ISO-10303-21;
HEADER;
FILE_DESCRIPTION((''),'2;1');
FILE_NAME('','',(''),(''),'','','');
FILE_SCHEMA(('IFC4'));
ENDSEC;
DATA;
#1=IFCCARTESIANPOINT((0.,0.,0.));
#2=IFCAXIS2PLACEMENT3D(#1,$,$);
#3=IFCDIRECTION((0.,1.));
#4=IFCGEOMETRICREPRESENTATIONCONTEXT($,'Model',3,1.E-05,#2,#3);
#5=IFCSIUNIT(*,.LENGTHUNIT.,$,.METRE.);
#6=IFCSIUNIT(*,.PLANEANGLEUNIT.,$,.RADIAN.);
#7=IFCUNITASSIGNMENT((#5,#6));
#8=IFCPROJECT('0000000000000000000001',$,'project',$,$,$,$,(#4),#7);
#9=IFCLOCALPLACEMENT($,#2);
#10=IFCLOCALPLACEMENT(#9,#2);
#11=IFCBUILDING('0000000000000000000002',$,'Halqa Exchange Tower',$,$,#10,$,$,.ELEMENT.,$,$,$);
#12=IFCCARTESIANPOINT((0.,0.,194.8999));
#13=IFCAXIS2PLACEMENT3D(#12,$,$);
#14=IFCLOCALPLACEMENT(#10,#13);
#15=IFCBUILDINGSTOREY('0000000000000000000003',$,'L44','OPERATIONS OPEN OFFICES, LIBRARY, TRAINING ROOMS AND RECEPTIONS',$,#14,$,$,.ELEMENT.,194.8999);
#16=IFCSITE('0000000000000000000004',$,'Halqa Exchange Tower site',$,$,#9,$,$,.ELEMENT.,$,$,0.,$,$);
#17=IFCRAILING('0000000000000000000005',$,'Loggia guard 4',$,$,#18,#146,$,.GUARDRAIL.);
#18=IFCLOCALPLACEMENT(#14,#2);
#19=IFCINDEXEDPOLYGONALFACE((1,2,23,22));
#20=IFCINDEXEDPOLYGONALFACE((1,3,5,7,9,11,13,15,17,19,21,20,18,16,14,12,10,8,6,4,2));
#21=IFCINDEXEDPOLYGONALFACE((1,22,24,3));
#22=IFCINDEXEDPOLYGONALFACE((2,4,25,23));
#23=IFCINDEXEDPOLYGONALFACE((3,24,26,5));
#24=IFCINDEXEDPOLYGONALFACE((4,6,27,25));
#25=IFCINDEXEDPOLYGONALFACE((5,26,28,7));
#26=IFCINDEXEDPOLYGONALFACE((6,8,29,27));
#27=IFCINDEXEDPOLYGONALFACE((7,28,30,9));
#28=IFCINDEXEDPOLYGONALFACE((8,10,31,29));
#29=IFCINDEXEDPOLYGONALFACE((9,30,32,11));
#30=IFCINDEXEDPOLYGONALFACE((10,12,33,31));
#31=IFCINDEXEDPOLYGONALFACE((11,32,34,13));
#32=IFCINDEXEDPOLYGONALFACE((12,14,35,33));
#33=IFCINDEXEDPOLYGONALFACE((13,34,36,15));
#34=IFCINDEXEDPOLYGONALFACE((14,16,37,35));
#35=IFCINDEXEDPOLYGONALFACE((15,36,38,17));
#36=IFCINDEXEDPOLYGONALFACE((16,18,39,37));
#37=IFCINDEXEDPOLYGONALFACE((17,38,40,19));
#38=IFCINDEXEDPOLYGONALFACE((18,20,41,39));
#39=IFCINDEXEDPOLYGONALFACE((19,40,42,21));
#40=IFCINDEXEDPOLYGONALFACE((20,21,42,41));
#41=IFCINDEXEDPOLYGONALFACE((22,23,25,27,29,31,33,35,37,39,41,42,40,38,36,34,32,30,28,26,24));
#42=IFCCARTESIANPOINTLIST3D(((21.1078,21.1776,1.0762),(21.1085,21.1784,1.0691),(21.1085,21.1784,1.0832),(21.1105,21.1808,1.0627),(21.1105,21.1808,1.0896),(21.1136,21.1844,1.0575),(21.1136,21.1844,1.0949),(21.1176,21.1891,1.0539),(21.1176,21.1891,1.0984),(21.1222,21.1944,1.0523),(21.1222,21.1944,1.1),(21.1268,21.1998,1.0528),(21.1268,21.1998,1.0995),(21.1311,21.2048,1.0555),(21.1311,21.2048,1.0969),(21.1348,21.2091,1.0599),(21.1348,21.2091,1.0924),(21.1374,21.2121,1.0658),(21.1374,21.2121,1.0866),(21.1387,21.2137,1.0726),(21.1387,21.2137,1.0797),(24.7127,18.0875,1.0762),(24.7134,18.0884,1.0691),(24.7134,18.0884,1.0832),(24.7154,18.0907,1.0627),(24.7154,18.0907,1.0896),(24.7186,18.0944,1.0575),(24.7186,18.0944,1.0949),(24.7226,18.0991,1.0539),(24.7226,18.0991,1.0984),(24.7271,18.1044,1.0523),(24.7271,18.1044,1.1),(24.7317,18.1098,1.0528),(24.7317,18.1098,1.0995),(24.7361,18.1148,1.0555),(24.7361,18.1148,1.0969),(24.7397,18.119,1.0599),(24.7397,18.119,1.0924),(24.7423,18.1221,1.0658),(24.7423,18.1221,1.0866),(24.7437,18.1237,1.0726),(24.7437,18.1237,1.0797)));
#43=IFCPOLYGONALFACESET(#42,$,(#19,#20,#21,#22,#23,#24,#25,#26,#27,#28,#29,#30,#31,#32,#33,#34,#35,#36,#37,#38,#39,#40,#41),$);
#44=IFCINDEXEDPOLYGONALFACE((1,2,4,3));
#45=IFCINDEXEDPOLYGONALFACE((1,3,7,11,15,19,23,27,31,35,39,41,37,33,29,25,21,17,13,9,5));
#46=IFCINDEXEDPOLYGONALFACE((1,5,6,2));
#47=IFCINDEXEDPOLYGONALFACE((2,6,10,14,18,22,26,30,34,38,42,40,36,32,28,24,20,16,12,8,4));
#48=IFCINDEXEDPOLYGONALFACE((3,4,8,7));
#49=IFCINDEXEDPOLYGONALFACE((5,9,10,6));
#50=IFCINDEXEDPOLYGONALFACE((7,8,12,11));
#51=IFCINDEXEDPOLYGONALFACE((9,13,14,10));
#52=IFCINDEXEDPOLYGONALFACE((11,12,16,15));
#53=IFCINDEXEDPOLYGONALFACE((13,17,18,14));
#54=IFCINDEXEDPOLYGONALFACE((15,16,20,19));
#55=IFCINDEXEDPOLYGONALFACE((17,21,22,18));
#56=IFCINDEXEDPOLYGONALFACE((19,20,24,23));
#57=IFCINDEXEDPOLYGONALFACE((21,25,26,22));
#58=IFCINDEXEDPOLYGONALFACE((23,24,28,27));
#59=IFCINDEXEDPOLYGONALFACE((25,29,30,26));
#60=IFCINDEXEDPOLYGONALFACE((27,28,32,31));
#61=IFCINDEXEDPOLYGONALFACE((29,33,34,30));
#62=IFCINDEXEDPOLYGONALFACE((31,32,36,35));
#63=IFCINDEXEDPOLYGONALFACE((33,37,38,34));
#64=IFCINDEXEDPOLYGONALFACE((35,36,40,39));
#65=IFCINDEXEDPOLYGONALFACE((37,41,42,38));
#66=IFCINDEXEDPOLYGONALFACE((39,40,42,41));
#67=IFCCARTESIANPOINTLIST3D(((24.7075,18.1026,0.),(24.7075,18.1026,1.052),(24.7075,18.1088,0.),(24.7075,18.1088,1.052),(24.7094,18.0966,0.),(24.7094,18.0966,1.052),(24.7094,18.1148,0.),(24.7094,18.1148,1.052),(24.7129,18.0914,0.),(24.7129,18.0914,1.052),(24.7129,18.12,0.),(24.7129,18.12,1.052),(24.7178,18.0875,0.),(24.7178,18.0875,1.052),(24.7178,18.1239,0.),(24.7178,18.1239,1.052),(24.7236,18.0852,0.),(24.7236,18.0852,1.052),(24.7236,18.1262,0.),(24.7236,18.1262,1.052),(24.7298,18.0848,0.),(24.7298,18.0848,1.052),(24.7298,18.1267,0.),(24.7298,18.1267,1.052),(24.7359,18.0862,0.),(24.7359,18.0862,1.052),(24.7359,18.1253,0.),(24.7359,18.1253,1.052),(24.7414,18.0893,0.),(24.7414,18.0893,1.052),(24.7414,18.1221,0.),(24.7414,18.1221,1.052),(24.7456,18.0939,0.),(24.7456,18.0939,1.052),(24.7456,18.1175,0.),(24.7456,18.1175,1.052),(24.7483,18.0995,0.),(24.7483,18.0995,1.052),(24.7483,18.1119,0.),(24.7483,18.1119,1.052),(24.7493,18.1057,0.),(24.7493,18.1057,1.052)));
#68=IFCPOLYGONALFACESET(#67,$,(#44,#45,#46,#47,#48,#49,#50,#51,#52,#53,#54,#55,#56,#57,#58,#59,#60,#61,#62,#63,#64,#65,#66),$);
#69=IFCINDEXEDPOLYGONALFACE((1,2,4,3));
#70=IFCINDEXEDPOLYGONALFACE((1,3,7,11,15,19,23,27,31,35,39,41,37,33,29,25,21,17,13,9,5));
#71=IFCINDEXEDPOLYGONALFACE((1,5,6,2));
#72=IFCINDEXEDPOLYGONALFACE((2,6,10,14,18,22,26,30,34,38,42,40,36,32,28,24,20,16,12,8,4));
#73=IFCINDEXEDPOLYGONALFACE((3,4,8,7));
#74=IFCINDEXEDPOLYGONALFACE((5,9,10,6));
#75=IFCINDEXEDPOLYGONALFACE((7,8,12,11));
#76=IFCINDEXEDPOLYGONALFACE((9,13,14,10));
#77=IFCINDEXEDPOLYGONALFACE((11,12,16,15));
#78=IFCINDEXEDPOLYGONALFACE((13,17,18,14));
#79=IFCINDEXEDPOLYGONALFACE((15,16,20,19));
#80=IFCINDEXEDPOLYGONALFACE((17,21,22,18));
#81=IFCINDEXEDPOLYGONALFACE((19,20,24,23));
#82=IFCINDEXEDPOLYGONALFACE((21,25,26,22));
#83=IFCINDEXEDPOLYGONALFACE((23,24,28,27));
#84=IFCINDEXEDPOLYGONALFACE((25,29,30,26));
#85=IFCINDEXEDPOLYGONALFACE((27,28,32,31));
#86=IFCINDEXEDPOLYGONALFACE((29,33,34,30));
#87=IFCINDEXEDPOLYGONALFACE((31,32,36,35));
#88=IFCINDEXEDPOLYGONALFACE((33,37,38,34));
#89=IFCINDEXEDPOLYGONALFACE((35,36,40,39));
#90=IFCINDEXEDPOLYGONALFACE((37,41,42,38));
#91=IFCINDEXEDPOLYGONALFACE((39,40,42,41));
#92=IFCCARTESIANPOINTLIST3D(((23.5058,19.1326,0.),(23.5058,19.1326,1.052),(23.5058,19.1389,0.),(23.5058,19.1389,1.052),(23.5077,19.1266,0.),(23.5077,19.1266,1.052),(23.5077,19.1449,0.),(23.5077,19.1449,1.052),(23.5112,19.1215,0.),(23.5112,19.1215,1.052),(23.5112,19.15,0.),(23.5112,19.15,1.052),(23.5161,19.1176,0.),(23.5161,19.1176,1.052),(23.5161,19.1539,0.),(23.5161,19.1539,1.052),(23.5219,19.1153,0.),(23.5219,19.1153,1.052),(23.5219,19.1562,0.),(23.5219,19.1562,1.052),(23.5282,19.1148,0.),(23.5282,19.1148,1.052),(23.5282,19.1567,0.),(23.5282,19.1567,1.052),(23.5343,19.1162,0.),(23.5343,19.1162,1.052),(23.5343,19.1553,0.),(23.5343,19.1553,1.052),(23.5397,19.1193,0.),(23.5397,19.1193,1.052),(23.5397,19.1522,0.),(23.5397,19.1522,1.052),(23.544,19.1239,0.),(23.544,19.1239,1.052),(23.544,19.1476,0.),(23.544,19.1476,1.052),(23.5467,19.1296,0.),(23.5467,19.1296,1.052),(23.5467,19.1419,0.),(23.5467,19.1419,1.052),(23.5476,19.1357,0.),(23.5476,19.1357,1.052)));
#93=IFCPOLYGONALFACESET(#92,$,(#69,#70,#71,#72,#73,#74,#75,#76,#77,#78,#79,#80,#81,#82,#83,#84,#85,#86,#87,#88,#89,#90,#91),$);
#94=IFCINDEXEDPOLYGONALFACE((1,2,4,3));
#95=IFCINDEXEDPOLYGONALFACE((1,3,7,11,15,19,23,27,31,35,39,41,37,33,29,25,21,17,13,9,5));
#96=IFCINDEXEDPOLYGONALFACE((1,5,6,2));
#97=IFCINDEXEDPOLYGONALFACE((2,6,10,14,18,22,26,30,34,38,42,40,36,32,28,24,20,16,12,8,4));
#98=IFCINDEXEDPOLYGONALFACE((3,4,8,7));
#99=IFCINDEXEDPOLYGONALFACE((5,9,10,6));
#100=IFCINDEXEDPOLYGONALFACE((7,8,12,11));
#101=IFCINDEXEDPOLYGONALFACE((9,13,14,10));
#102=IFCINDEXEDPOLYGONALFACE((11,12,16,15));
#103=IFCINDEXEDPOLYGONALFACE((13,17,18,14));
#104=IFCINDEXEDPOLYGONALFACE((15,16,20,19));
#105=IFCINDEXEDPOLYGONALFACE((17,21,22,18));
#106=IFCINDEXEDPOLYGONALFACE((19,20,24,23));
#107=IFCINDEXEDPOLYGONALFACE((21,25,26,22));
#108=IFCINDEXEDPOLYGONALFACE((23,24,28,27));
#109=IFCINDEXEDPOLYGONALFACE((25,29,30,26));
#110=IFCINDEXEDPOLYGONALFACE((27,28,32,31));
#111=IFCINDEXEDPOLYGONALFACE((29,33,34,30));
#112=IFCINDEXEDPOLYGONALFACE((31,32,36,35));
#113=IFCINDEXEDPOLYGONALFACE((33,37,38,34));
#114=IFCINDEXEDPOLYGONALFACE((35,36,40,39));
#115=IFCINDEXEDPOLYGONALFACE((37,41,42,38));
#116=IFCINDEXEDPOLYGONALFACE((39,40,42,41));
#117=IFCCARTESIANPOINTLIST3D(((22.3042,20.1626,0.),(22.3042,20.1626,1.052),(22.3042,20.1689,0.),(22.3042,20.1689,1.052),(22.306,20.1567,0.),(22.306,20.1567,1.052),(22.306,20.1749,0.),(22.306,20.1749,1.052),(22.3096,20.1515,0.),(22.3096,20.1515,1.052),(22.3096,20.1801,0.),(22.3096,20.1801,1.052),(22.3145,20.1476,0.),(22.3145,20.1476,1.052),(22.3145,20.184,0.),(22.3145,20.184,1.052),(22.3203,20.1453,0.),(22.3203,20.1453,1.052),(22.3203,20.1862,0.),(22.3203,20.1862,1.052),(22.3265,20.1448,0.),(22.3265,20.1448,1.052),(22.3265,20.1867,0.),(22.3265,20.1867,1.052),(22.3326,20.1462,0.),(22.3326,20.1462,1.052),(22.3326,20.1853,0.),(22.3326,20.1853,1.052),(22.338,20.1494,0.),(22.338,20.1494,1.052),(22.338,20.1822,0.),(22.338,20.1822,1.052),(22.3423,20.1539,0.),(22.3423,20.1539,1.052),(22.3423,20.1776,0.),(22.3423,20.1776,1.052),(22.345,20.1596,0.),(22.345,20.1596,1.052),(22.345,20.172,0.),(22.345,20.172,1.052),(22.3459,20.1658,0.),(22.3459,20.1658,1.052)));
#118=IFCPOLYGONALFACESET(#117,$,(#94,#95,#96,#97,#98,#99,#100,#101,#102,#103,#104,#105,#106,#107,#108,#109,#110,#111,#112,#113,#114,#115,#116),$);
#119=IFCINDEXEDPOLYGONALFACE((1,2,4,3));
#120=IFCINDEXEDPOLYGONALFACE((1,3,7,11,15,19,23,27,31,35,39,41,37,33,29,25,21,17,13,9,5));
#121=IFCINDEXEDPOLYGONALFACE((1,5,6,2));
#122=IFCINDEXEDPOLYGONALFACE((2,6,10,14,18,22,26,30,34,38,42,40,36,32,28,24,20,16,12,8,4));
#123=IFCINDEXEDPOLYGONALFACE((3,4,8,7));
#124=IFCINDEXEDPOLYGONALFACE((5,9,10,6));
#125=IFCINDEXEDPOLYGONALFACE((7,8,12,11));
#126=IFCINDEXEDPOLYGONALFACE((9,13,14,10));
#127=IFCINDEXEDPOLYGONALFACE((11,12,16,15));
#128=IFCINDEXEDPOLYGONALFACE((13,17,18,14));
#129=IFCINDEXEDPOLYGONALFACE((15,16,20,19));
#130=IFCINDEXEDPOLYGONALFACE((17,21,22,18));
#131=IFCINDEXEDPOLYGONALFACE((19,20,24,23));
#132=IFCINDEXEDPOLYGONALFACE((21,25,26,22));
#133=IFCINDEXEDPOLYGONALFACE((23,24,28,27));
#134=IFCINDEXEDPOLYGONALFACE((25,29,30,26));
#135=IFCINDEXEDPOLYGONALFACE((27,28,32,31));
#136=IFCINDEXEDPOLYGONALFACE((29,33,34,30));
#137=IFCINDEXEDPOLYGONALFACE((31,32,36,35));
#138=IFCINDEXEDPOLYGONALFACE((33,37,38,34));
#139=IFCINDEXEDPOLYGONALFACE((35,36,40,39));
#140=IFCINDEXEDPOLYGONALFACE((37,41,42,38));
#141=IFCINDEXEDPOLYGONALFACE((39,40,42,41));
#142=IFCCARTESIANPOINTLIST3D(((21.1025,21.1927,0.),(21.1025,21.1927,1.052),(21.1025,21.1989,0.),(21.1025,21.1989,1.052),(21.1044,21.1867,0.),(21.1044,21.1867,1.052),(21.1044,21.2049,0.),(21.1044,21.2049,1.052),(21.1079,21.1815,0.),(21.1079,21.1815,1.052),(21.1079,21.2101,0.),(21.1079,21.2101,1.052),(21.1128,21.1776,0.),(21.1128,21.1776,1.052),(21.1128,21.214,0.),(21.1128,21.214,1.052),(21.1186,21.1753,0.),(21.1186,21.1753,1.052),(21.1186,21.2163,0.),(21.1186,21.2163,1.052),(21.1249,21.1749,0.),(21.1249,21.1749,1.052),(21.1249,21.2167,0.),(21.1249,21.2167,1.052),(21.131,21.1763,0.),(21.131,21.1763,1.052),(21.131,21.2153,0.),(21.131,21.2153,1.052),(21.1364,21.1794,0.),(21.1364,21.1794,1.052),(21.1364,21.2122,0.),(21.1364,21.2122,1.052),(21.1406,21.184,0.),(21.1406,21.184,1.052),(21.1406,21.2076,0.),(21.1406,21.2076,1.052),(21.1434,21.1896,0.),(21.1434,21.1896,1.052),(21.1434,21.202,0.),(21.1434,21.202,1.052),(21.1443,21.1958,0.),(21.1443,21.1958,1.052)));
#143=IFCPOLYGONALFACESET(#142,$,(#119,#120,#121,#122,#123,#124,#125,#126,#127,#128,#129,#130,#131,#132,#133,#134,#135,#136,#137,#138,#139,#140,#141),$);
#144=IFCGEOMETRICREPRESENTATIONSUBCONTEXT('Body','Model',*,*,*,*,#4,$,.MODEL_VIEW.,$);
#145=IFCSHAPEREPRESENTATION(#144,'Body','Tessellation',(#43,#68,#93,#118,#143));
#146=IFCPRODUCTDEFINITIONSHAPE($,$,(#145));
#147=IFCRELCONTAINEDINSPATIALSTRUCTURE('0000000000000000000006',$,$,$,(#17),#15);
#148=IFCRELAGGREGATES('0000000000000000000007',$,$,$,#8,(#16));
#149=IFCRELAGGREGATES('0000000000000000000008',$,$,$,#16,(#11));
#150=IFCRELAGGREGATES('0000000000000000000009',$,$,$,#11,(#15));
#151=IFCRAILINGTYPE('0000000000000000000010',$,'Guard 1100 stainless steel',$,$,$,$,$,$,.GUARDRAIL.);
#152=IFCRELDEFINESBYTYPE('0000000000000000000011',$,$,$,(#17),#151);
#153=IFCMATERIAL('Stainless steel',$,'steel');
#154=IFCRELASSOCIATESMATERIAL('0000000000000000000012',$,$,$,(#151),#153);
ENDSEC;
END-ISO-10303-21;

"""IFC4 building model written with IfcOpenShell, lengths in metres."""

from ifc_helpers import new_model, si_unit, direction, frame, origin, origin_2d, place, context, subcontext, project, spatial, circle, extrude, material, type_object, element, save


model = new_model("IFC4")

# Units and contexts
model_context = context("Model", 3, precision=1e-05, world=origin(), true_north=direction((0.0, 1.0)))
body_context = subcontext(model_context, "Body", "Model", "MODEL_VIEW")
ifc_project = project(units=[si_unit("LENGTHUNIT", "METRE"), si_unit("PLANEANGLEUNIT", "RADIAN")], contexts=[model_context])

# Site, building, storey
site_placement = place(None, origin())
site = spatial("IfcSite", under=ifc_project, at=site_placement, Name="Halqa Exchange Tower site", CompositionType="ELEMENT", RefElevation=0.0)
building_placement = place(site_placement, origin())
building = spatial("IfcBuilding", under=site, at=building_placement, Name="Halqa Exchange Tower", CompositionType="ELEMENT")
storey_placement = place(building_placement, frame((0.0, 0.0, 194.8999)))
storey = spatial("IfcBuildingStorey", under=building, at=storey_placement, Name="L44", Description="OPERATIONS OPEN OFFICES, LIBRARY, TRAINING ROOMS AND RECEPTIONS", CompositionType="ELEMENT", Elevation=194.8999)

# Railing
ifc_material_1 = material(Name="Stainless steel", Category="steel")
railing_type = type_object("IfcRailingType", Name="Guard 1100 stainless steel", PredefinedType="GUARDRAIL", material=ifc_material_1)
railing_1_placement = place(storey_placement, frame((24.7283, 18.1057, 0.0)))
element("IfcRailing", 1, at=railing_1_placement, inside=storey, type_object=railing_type, Name="Loggia guard 4", PredefinedType="GUARDRAIL", context=body_context, shape_type="SweptSolid", body=[
    extrude(circle(Radius=0.0239, at=origin_2d()), frame((0.0, 0.0, 1.0762), z_axis=(-0.759246, 0.650804, 0.0), x_axis=(-0.650804, -0.759246, 0.0)), (0.0, 0.0, 1.0), 4.748),
    extrude(circle(Radius=0.021, at=origin_2d()), origin(), (0.0, 0.0, 1.0), 1.052),
    extrude(circle(Radius=0.021, at=origin_2d()), frame((-1.2017, 1.03, 0.0)), (0.0, 0.0, 1.0), 1.052),
    extrude(circle(Radius=0.021, at=origin_2d()), frame((-2.4033, 2.0601, 0.0)), (0.0, 0.0, 1.0), 1.052),
    extrude(circle(Radius=0.021, at=origin_2d()), frame((-3.605, 3.0901, 0.0)), (0.0, 0.0, 1.0), 1.052),
])

save(model, "model.ifc")
